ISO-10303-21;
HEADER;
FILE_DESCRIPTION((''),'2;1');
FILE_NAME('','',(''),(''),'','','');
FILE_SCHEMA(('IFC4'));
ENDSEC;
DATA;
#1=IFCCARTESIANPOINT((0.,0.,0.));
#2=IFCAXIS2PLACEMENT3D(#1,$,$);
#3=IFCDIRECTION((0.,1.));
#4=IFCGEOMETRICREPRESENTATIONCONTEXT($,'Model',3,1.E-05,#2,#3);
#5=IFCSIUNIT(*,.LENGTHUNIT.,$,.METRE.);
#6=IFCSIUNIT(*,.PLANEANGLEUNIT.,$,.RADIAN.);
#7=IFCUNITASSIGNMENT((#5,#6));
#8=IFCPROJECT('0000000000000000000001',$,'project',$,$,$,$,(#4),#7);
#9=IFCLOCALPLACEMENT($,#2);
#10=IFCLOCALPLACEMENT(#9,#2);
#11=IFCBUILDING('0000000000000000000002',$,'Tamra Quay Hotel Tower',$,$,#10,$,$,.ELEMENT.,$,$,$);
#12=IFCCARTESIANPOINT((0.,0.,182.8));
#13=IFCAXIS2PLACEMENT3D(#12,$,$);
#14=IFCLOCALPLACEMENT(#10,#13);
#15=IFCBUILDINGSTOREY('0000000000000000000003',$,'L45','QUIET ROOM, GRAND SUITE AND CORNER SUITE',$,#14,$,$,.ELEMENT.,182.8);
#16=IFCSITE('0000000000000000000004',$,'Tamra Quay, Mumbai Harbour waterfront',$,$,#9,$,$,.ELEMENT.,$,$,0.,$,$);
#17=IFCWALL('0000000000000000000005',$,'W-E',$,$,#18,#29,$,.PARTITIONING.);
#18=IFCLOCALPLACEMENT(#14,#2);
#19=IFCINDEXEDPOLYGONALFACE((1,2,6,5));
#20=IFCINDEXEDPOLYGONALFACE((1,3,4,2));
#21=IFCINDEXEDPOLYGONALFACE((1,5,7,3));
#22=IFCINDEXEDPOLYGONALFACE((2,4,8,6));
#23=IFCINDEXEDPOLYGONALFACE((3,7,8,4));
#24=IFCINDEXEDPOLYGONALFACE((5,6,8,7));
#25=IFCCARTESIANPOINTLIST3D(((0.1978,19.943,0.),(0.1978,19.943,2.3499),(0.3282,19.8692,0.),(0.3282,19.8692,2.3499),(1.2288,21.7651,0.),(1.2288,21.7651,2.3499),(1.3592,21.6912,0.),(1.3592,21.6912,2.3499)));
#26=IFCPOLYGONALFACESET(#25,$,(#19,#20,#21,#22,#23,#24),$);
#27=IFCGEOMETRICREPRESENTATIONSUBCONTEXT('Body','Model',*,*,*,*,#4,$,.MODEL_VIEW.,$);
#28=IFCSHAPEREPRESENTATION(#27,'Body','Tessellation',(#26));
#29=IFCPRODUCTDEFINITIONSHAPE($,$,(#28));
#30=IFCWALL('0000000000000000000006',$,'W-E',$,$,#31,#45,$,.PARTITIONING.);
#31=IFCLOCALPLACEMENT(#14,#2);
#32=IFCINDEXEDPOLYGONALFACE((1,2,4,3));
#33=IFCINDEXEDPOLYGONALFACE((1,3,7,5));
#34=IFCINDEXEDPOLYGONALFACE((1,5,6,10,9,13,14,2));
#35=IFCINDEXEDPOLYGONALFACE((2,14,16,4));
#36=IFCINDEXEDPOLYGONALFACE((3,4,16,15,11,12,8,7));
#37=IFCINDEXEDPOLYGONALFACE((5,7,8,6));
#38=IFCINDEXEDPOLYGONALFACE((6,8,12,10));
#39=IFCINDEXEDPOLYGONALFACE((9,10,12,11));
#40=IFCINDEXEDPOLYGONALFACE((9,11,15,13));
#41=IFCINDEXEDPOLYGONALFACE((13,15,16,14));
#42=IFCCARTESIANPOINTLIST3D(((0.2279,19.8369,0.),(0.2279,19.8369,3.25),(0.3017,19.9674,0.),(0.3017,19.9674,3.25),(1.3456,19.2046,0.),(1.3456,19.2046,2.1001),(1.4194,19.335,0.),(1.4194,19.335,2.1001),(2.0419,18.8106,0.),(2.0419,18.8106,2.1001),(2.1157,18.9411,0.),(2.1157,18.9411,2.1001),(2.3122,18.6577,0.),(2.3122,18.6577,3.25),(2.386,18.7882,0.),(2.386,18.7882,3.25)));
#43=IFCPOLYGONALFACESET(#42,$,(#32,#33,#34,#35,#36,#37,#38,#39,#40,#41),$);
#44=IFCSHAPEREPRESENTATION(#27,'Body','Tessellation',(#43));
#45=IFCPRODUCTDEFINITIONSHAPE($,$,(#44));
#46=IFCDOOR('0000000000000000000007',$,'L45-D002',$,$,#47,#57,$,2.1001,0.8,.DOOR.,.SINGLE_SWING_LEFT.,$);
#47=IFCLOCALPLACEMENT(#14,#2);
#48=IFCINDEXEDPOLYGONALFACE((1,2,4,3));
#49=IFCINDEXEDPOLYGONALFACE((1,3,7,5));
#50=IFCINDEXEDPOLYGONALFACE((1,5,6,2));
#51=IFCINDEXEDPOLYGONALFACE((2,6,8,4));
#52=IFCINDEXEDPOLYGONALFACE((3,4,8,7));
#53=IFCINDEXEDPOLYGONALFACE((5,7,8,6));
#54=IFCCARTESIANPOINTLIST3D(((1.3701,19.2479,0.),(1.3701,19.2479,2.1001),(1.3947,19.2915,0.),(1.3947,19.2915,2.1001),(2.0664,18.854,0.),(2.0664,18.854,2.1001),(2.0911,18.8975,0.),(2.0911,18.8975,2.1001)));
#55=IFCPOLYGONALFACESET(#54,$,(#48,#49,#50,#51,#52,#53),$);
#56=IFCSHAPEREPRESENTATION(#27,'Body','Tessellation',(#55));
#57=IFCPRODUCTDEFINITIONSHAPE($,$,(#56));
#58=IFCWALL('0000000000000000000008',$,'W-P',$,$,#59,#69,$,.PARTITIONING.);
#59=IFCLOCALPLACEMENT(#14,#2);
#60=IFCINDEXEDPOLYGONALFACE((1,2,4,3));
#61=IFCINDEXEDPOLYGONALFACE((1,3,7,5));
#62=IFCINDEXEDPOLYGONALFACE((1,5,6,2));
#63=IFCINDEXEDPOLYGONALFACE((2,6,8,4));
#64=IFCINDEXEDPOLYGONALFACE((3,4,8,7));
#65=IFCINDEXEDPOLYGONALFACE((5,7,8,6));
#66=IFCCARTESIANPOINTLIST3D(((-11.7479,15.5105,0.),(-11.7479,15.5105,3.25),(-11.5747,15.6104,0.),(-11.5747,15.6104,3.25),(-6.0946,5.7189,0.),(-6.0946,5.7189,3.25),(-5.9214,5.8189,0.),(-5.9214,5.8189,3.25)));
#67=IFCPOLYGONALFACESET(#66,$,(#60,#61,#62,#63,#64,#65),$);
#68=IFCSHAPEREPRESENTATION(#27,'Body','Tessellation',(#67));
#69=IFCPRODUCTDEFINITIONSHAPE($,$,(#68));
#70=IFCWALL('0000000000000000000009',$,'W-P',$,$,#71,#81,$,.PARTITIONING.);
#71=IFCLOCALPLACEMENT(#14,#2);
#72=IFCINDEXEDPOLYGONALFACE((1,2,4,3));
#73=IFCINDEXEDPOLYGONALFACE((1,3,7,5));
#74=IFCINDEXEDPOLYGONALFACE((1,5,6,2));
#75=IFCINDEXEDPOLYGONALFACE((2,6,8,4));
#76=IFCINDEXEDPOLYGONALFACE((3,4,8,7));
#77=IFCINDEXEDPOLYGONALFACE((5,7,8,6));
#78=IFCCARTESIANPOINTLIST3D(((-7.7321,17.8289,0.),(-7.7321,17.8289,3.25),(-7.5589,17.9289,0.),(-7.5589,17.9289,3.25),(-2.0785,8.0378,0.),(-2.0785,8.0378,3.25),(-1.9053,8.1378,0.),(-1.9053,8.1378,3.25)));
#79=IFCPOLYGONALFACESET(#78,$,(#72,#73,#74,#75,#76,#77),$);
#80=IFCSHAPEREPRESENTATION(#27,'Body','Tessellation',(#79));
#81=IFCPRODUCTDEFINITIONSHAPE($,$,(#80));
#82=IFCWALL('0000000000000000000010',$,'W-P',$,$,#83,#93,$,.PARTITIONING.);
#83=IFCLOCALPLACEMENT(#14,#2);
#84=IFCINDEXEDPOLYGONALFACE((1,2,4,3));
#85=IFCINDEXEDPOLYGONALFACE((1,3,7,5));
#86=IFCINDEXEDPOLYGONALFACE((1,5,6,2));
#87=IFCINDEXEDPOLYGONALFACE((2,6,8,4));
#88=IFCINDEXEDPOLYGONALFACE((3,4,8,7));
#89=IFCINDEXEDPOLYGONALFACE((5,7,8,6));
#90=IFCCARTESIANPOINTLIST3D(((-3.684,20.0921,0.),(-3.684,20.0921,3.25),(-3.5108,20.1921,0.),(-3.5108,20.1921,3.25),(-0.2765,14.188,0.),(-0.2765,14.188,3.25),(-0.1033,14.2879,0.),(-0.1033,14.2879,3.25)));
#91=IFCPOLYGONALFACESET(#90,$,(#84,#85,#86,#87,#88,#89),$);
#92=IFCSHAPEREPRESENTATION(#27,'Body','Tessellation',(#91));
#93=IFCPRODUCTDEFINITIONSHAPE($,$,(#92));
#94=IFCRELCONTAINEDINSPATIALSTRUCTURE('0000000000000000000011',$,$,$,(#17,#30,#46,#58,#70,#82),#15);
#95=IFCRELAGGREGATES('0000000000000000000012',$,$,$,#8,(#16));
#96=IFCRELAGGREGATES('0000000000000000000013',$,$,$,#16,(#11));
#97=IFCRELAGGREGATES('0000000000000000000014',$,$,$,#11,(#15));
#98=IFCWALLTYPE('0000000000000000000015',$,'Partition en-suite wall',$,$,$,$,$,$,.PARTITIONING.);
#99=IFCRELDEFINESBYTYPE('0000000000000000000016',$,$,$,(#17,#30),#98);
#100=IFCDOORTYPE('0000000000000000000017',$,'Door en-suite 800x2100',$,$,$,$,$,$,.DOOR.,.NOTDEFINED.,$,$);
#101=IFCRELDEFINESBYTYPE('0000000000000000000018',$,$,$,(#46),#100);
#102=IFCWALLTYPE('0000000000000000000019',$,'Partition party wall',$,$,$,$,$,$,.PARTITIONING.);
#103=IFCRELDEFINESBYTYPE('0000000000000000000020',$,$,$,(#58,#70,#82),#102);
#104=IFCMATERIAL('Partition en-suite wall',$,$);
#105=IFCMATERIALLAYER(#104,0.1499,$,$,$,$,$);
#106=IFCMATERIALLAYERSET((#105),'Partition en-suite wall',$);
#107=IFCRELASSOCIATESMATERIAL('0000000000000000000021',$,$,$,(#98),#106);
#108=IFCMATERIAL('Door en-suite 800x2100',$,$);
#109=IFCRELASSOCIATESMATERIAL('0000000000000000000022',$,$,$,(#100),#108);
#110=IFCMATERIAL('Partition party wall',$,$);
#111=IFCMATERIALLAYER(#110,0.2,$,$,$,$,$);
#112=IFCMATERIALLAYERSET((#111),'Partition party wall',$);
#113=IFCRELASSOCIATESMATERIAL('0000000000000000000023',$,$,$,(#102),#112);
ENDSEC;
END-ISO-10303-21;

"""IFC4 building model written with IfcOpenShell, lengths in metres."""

from ifc_helpers import new_model, si_unit, direction, frame, frame_2d, origin, place, context, subcontext, project, spatial, rectangle, extrude, material, layer, layer_set, type_object, element, fill, save


model = new_model("IFC4")

# Units and contexts
model_context = context("Model", 3, precision=1e-05, world=origin(), true_north=direction((0.0, 1.0)))
body_context = subcontext(model_context, "Body", "Model", "MODEL_VIEW")
ifc_project = project(units=[si_unit("LENGTHUNIT", "METRE"), si_unit("PLANEANGLEUNIT", "RADIAN")], contexts=[model_context])

# Site, building, storey
site_placement = place(None, origin())
site = spatial("IfcSite", under=ifc_project, at=site_placement, Name="Tamra Quay, Mumbai Harbour waterfront", CompositionType="ELEMENT", RefElevation=0.0)
building_placement = place(site_placement, origin())
building = spatial("IfcBuilding", under=site, at=building_placement, Name="Tamra Quay Hotel Tower", CompositionType="ELEMENT")
storey_placement = place(building_placement, frame((0.0, 0.0, 182.8)))
storey = spatial("IfcBuildingStorey", under=building, at=storey_placement, Name="L45", Description="QUIET ROOM, GRAND SUITE AND CORNER SUITE", CompositionType="ELEMENT", Elevation=182.8)

# Wall
ifc_material_1 = material(Name="Partition en-suite wall")
ifc_layer_1 = layer(ifc_material_1, 0.1499)
ifc_layer_set_1 = layer_set([ifc_layer_1], Name="Partition en-suite wall")
wall_type_1 = type_object("IfcWallType", Name="Partition en-suite wall", PredefinedType="PARTITIONING", material=ifc_layer_set_1)
wall_1_placement = place(storey_placement, frame((0.2629, 19.906, 0.0), z_axis=(0.0, 0.0, 1.0), x_axis=(0.49248, 0.870324, 0.0)))
element("IfcWall", 1, at=wall_1_placement, inside=storey, type_object=wall_type_1, Name="W-E", PredefinedType="PARTITIONING", context=body_context, shape_type="SweptSolid", body=[
    extrude(rectangle(XDim=2.0935, YDim=0.1499, at=frame_2d((1.0469, 0.0))), origin(), (0.0, 0.0, 1.0), 2.3499),
])

# Wall, opening, door
wall_2_placement = place(storey_placement, frame((0.2649, 19.9021, 0.0), z_axis=(0.0, 0.0, 1.0), x_axis=(0.870356, -0.492423, 0.0)))
wall_2 = element("IfcWall", 2, at=wall_2_placement, inside=storey, type_object=wall_type_1, Name="W-E", PredefinedType="PARTITIONING", context=body_context, shape_type="SweptSolid", body=[
    extrude(rectangle(XDim=2.3948, YDim=0.1499, at=frame_2d((1.1973, 0.0))), origin(), (0.0, 0.0, 1.0), 3.25),
])
opening_placement = place(wall_2_placement, frame((1.2842, 0.0, 0.0)))
opening = element("IfcOpeningElement", 3, at=opening_placement, cuts=wall_2, PredefinedType="OPENING", context=body_context, shape_type="SweptSolid", body=[
    extrude(rectangle(XDim=0.8, YDim=2.1001, at=frame_2d((0.3999, 1.05))), frame((0.0, 0.085, 0.0), z_axis=(0.0, -1.0, 0.0), x_axis=(1.0, 0.0, 0.0)), (0.0, 0.0, 1.0), 0.1699),
])
ifc_material_2 = material(Name="Door en-suite 800x2100")
door_type = type_object("IfcDoorType", Name="Door en-suite 800x2100", OperationType="NOTDEFINED", PredefinedType="DOOR", material=ifc_material_2)
door_placement = place(opening_placement, origin())
door = element("IfcDoor", 4, at=door_placement, inside=storey, type_object=door_type, Name="L45-D002", OperationType="SINGLE_SWING_LEFT", OverallHeight=2.1001, OverallWidth=0.8, PredefinedType="DOOR", context=body_context, shape_type="SweptSolid", body=[
    extrude(rectangle(XDim=0.8, YDim=2.1001, at=frame_2d((0.3999, 1.05))), frame((0.0, 0.0249, 0.0), z_axis=(0.0, -1.0, 0.0), x_axis=(1.0, 0.0, 0.0)), (0.0, 0.0, 1.0), 0.05),
])
fill(opening, door)

# Walls
ifc_material_3 = material(Name="Partition party wall")
ifc_layer_2 = layer(ifc_material_3, 0.2)
ifc_layer_set_2 = layer_set([ifc_layer_2], Name="Partition party wall")
wall_type_2 = type_object("IfcWallType", Name="Partition party wall", PredefinedType="PARTITIONING", material=ifc_layer_set_2)
wall_3_placement = place(storey_placement, frame((-11.6614, 15.5605, 0.0), z_axis=(0.0, 0.0, 1.0), x_axis=(0.500013, -0.866018, 0.0)))
element("IfcWall", 5, at=wall_3_placement, inside=storey, type_object=wall_type_2, Name="W-P", PredefinedType="PARTITIONING", context=body_context, shape_type="SweptSolid", body=[
    extrude(rectangle(XDim=11.3064, YDim=0.2, at=frame_2d((5.6533, 0.0))), origin(), (0.0, 0.0, 1.0), 3.25),
])
wall_4_placement = place(storey_placement, frame((-7.6455, 17.8789, 0.0), z_axis=(0.0, 0.0, 1.0), x_axis=(0.500048, -0.865998, 0.0)))
element("IfcWall", 6, at=wall_4_placement, inside=storey, type_object=wall_type_2, Name="W-P", PredefinedType="PARTITIONING", context=body_context, shape_type="SweptSolid", body=[
    extrude(rectangle(XDim=11.3062, YDim=0.2, at=frame_2d((5.6531, 0.0))), origin(), (0.0, 0.0, 1.0), 3.25),
])
wall_5_placement = place(storey_placement, frame((-3.5974, 20.1421, 0.0), z_axis=(0.0, 0.0, 1.0), x_axis=(0.499864, -0.866104, 0.0)))
element("IfcWall", 7, at=wall_5_placement, inside=storey, type_object=wall_type_2, Name="W-P", PredefinedType="PARTITIONING", context=body_context, shape_type="SweptSolid", body=[
    extrude(rectangle(XDim=6.8169, YDim=0.2, at=frame_2d((3.4084, 0.0))), origin(), (0.0, 0.0, 1.0), 3.25),
])

save(model, "model.ifc")
